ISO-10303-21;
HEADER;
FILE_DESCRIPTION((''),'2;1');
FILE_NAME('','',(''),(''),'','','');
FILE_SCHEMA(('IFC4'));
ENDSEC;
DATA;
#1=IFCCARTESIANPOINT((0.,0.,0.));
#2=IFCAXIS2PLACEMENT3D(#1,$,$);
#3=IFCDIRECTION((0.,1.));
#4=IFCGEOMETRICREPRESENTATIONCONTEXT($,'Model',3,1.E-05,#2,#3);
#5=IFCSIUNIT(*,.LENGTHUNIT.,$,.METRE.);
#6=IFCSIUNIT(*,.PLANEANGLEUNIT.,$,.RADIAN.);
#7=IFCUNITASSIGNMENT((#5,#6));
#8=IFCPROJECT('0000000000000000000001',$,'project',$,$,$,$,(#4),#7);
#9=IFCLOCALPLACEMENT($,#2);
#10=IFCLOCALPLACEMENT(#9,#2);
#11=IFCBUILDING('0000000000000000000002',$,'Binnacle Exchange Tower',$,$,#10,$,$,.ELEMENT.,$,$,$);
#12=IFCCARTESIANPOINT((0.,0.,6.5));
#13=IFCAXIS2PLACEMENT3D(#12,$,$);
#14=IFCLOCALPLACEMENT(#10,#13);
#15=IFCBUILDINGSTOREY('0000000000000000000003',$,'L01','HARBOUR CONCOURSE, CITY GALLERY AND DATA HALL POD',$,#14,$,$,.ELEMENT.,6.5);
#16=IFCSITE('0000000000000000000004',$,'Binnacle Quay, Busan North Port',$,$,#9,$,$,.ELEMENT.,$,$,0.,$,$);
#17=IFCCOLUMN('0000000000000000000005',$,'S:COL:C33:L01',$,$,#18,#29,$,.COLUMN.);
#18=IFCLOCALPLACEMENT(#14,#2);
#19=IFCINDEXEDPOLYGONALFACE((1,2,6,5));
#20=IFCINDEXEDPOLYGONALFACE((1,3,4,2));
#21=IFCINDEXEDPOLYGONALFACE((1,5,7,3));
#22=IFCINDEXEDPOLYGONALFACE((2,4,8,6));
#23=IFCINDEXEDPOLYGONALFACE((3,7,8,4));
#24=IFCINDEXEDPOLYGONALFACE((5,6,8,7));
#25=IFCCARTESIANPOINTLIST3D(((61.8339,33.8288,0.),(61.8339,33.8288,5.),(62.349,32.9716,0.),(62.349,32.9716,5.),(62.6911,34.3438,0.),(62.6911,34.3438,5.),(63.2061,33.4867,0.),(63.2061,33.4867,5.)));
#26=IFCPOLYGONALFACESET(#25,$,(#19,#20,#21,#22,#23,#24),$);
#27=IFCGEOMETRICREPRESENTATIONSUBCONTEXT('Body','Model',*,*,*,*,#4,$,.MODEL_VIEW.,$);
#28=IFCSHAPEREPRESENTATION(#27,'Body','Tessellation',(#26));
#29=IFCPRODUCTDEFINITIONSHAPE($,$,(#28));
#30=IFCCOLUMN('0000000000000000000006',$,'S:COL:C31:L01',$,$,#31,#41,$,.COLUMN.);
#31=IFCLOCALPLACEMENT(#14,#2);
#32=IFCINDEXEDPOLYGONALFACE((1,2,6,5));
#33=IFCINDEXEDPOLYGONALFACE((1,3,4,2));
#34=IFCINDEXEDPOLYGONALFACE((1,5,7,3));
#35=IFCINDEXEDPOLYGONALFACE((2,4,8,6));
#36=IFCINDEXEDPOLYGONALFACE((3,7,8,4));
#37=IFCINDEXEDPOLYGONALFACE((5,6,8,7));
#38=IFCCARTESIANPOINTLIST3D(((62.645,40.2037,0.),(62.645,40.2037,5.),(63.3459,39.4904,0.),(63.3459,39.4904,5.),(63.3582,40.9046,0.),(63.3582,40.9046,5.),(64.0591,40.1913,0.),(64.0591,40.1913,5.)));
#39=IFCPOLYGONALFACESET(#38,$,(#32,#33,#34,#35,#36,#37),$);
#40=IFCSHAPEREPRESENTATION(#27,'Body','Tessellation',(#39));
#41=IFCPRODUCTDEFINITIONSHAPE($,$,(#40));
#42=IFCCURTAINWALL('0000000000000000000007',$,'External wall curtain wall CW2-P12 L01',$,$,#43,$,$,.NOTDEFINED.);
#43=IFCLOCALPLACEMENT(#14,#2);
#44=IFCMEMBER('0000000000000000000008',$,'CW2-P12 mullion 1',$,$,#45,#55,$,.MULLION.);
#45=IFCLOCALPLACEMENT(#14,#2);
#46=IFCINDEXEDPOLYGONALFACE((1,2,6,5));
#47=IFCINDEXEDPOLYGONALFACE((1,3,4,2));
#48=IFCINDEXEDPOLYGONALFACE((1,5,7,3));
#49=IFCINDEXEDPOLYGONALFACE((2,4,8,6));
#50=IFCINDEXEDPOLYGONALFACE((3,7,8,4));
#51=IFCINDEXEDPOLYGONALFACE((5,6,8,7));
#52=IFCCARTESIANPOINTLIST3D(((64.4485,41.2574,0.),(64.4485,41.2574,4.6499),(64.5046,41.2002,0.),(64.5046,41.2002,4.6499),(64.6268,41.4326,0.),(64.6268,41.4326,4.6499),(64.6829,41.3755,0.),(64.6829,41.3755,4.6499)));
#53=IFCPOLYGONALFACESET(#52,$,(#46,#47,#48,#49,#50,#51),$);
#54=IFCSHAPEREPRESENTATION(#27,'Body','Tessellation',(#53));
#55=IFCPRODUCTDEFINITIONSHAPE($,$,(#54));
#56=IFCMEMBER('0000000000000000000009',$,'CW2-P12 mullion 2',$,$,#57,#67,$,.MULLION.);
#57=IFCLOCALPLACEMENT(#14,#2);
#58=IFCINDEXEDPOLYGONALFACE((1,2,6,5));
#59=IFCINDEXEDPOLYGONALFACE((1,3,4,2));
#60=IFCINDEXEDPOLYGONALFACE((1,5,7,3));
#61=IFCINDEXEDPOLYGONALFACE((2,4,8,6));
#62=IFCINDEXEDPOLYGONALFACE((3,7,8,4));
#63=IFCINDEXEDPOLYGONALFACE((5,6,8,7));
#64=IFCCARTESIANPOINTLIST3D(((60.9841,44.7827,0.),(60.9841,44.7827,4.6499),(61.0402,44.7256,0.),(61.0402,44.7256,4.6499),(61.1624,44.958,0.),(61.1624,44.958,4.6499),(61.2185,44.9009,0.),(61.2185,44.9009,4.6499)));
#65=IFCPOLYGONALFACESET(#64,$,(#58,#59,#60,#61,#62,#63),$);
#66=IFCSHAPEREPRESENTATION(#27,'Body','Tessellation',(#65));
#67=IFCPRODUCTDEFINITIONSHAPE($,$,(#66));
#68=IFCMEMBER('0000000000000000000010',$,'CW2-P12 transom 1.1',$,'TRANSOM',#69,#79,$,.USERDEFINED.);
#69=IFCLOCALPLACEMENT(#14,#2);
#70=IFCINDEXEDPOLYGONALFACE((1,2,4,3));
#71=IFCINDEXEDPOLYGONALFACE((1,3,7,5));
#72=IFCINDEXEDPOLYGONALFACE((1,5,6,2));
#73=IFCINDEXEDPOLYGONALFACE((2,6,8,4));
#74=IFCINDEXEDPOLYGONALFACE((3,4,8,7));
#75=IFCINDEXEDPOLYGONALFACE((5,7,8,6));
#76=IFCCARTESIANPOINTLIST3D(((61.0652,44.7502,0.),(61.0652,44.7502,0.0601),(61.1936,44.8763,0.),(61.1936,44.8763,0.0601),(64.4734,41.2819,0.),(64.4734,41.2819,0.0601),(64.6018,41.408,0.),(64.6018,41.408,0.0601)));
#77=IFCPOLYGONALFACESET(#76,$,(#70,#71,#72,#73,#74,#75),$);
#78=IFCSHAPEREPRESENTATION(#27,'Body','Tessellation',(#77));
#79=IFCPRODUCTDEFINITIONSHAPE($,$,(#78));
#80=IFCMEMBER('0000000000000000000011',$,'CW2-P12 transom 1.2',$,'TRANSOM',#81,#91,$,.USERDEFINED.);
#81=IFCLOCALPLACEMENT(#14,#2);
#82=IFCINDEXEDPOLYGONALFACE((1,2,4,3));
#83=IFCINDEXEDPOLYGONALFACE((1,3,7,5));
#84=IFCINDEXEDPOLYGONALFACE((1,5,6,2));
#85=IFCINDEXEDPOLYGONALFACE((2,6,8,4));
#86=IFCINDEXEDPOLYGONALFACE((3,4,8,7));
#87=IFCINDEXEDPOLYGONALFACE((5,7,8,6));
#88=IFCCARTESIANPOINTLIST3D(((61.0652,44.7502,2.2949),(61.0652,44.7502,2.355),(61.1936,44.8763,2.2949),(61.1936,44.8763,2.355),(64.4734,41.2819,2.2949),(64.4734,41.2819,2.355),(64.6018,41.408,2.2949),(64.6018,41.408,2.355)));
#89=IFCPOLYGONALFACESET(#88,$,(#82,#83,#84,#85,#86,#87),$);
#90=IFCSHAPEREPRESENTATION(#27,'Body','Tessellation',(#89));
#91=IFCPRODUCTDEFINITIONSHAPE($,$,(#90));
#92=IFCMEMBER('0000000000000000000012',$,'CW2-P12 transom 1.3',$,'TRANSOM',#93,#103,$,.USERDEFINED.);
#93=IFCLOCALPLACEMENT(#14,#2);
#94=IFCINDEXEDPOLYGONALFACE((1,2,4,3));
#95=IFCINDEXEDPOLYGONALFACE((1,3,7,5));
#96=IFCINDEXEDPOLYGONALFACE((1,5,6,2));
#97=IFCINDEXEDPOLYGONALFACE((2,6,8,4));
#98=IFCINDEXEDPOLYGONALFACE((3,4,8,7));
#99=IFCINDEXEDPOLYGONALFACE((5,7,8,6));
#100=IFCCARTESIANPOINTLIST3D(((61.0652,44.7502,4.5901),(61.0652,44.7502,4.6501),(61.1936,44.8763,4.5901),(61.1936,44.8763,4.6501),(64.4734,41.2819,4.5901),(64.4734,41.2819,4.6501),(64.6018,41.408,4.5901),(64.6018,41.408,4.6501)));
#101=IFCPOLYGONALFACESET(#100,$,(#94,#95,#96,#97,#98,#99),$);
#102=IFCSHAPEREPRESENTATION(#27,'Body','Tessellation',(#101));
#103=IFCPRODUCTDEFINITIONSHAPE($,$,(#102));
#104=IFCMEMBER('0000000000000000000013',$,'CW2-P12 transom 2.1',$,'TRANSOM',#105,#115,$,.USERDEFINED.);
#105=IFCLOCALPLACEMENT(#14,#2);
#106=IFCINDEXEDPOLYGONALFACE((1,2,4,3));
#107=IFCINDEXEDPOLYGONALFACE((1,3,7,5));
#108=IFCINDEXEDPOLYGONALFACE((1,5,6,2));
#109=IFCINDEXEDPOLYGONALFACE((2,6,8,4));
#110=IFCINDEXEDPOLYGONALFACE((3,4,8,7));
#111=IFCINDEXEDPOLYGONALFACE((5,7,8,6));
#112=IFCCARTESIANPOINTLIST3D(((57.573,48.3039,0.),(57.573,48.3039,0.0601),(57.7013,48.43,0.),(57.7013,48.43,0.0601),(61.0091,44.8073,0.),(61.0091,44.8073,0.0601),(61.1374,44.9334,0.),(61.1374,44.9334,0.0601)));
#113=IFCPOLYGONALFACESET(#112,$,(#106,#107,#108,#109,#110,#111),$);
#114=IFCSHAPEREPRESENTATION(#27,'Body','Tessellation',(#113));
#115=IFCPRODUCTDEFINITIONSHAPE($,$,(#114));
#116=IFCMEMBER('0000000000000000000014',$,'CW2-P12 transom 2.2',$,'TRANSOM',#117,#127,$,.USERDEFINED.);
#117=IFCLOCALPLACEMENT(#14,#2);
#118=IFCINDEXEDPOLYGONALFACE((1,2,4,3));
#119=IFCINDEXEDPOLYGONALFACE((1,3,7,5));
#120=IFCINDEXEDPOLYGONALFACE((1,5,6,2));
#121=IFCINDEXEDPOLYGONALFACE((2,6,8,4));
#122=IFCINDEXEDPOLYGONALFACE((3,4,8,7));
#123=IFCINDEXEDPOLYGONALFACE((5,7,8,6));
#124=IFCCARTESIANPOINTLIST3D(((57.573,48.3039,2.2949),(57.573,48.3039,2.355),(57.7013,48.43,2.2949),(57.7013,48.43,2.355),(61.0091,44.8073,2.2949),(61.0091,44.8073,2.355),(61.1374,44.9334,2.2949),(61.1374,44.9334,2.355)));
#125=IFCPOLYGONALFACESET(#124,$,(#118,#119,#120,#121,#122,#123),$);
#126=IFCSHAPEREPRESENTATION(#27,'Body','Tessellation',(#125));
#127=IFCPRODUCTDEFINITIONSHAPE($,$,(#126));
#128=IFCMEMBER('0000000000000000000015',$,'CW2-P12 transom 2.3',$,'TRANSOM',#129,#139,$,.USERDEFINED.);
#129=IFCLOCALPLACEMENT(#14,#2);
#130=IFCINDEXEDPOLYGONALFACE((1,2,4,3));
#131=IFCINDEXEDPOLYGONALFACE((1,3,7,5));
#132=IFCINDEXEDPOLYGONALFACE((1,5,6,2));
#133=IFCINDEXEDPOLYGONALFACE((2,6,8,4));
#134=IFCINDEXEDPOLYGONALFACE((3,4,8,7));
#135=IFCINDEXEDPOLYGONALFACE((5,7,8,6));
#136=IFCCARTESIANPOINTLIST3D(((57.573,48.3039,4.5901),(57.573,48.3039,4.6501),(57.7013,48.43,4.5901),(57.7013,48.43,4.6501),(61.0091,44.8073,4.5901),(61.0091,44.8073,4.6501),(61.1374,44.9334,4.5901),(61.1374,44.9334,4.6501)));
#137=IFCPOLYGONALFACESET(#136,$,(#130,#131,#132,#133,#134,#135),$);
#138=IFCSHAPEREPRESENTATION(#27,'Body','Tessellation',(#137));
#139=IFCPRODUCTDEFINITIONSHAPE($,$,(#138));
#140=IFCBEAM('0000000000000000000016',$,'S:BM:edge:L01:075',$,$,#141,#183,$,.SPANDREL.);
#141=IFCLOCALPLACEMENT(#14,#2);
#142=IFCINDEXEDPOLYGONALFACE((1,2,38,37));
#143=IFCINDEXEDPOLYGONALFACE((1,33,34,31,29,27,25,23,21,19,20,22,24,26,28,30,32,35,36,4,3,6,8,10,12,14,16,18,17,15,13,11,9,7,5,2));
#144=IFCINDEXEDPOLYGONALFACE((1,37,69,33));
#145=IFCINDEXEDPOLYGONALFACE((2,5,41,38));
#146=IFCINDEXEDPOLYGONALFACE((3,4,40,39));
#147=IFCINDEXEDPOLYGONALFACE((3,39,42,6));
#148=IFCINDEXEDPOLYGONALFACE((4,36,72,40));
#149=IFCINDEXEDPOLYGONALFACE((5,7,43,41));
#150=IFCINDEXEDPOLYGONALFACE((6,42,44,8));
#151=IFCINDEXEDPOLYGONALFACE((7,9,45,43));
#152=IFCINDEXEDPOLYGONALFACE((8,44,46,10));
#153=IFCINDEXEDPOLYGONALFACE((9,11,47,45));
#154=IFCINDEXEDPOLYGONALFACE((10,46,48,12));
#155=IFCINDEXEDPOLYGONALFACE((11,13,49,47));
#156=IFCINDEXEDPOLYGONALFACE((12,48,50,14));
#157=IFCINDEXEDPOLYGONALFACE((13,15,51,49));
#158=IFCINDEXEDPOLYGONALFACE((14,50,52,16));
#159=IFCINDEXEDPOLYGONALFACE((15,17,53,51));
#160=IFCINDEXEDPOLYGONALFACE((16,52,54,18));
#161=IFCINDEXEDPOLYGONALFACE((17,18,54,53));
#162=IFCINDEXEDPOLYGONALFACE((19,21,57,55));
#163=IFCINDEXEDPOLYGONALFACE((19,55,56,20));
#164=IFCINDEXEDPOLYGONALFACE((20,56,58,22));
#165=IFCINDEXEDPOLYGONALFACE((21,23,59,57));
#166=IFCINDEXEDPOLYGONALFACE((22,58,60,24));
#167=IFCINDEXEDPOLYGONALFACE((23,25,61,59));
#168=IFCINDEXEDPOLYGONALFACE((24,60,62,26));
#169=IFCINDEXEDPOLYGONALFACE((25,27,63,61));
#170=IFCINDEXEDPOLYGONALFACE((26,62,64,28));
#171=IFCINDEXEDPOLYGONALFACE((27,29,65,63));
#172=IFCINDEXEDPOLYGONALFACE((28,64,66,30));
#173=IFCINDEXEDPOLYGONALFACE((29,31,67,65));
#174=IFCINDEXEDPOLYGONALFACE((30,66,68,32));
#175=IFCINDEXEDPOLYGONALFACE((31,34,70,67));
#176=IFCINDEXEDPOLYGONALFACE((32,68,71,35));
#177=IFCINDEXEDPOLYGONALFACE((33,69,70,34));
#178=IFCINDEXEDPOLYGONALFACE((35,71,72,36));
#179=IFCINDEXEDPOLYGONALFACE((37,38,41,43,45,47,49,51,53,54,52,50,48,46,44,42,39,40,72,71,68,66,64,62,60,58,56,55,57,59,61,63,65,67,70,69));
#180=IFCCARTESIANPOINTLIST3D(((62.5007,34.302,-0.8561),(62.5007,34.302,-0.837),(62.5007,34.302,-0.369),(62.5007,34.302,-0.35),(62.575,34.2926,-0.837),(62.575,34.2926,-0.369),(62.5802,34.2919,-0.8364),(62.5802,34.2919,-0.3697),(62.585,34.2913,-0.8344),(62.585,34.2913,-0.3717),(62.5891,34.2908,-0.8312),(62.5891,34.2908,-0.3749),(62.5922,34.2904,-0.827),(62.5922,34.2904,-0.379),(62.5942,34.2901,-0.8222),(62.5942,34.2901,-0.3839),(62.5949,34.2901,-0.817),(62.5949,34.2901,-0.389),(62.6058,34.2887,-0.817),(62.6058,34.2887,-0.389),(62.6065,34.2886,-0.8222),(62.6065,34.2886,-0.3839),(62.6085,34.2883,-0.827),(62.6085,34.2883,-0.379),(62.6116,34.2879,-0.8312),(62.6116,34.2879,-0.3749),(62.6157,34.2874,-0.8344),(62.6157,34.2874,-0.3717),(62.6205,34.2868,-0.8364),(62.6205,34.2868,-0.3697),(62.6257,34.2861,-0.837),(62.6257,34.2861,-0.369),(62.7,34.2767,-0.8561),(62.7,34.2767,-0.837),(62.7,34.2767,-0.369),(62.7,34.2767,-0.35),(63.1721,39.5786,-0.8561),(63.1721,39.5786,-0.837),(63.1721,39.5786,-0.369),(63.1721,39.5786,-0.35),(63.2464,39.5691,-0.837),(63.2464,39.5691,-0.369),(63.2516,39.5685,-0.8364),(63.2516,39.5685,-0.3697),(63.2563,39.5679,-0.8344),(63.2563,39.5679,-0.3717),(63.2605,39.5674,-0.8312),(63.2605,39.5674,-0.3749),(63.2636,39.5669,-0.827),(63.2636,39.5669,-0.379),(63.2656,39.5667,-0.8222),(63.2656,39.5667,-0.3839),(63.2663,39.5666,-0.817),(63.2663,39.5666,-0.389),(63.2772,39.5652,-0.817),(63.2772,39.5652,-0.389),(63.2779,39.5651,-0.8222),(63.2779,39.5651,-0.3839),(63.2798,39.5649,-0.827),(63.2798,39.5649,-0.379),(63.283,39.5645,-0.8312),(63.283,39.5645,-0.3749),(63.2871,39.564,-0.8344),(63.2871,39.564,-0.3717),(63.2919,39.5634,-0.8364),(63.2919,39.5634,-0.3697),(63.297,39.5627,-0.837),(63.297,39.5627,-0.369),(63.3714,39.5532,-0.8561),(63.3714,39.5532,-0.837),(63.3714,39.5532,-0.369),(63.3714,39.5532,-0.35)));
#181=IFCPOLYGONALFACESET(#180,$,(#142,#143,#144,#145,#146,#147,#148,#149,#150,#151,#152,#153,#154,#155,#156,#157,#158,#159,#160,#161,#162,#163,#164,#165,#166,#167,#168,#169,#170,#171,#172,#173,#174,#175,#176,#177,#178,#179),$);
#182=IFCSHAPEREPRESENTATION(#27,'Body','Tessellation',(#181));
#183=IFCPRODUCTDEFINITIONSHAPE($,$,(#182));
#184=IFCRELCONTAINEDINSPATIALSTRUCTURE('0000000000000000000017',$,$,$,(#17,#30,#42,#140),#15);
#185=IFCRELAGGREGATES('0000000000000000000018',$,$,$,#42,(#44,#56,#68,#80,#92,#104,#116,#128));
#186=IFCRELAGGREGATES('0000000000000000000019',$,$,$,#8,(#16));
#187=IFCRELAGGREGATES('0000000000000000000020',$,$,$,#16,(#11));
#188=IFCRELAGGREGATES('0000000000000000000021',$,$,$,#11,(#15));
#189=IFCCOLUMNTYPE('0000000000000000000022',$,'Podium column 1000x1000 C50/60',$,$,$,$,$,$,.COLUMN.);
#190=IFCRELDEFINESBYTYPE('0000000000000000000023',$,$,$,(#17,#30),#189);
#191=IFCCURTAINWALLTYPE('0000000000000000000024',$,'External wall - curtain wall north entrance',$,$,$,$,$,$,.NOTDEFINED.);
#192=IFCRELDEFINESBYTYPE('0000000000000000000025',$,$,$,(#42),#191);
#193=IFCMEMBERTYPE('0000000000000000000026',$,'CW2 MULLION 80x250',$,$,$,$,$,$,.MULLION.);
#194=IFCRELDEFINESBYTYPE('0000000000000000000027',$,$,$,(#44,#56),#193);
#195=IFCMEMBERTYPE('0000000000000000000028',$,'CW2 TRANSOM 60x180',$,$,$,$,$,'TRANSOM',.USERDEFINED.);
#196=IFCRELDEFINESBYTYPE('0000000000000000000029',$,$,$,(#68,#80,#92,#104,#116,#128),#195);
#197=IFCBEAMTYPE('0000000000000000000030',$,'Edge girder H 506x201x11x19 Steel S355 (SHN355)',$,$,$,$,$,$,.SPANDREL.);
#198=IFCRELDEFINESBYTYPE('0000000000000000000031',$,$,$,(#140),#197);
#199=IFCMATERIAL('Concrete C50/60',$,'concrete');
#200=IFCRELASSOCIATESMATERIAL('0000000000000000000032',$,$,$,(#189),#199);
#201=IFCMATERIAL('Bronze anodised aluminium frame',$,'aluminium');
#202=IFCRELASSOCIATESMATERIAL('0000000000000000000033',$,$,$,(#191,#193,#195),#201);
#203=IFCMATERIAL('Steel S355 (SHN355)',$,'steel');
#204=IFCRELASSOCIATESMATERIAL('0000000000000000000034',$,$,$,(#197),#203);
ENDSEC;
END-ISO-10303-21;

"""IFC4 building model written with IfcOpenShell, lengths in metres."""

from ifc_helpers import new_model, si_unit, direction, frame, origin, origin_2d, place, context, subcontext, project, spatial, rectangle, i_section, extrude, material, material_profile, profile_set, type_object, element, aggregate, save


model = new_model("IFC4")

# Units and contexts
model_context = context("Model", 3, precision=1e-05, world=origin(), true_north=direction((0.0, 1.0)))
body_context = subcontext(model_context, "Body", "Model", "MODEL_VIEW")
ifc_project = project(units=[si_unit("LENGTHUNIT", "METRE"), si_unit("PLANEANGLEUNIT", "RADIAN")], contexts=[model_context])

# Site, building, storey
site_placement = place(None, origin())
site = spatial("IfcSite", under=ifc_project, at=site_placement, Name="Binnacle Quay, Busan North Port", CompositionType="ELEMENT", RefElevation=0.0)
building_placement = place(site_placement, origin())
building = spatial("IfcBuilding", under=site, at=building_placement, Name="Binnacle Exchange Tower", CompositionType="ELEMENT")
storey_placement = place(building_placement, frame((0.0, 0.0, 6.5)))
storey = spatial("IfcBuildingStorey", under=building, at=storey_placement, Name="L01", Description="HARBOUR CONCOURSE, CITY GALLERY AND DATA HALL POD", CompositionType="ELEMENT", Elevation=6.5)

# Columns
ifc_material_1 = material(Name="Concrete C50/60", Category="concrete")
ifc_material_profile_1 = material_profile(ifc_material_1, rectangle(XDim=1.0, YDim=1.0, at=origin_2d()), Name="Podium column 1000x1000 C50/60")
ifc_profile_set_1 = profile_set([ifc_material_profile_1], Name="Concrete C50/60")
column_type = type_object("IfcColumnType", Name="Podium column 1000x1000 C50/60", PredefinedType="COLUMN", material=ifc_profile_set_1)
for number, where, z_axis, x_axis, name in (
    (1, (62.52, 33.6577, 0.0), (0.0, 0.0, 1.0), (0.857167, 0.515038, 0.0), "S:COL:C33:L01"),
    (2, (63.3521, 40.1975, 0.0), (0.0, 0.0, 1.0), (-0.700909, 0.71325, 0.0), "S:COL:C31:L01"),
):
    element("IfcColumn", number, at=place(storey_placement, frame(where, z_axis=z_axis, x_axis=x_axis)), inside=storey, type_object=column_type, Name=name, PredefinedType="COLUMN", context=body_context, shape_type="SweptSolid", body=[
        extrude(rectangle(XDim=1.0, YDim=1.0, at=origin_2d()), origin(), (0.0, 0.0, 1.0), 5.0),
    ])

# Curtain wall, members
ifc_material_2 = material(Name="Bronze anodised aluminium frame", Category="aluminium")
curtain_wall_type = type_object("IfcCurtainWallType", Name="External wall - curtain wall north entrance", PredefinedType="NOTDEFINED", material=ifc_material_2)
curtain_wall_placement = place(storey_placement, origin())
curtain_wall = element("IfcCurtainWall", 3, at=curtain_wall_placement, inside=storey, type_object=curtain_wall_type, Name="External wall curtain wall CW2-P12 L01", PredefinedType="NOTDEFINED")
ifc_material_profile_2 = material_profile(ifc_material_2, rectangle(XDim=0.25, YDim=0.0801, at=origin_2d()), Name="AL 80x250")
ifc_profile_set_2 = profile_set([ifc_material_profile_2], Name="Bronze anodised aluminium frame")
member_type_1 = type_object("IfcMemberType", Name="CW2 MULLION 80x250", PredefinedType="MULLION", material=ifc_profile_set_2)
member_1_placement = place(storey_placement, frame((64.5657, 41.3164, 0.0), z_axis=(0.0, 0.0, 1.0), x_axis=(-0.71325, -0.700909, 0.0)))
member_1 = element("IfcMember", 4, at=member_1_placement, type_object=member_type_1, Name="CW2-P12 mullion 1", PredefinedType="MULLION", context=body_context, shape_type="SweptSolid", body=[
    extrude(rectangle(XDim=0.25, YDim=0.0801, at=origin_2d()), origin(), (0.0, 0.0, 1.0), 4.6499),
])
member_2_placement = place(storey_placement, frame((61.1013, 44.8418, 0.0), z_axis=(0.0, 0.0, 1.0), x_axis=(-0.71325, -0.700909, 0.0)))
member_2 = element("IfcMember", 5, at=member_2_placement, type_object=member_type_1, Name="CW2-P12 mullion 2", PredefinedType="MULLION", context=body_context, shape_type="SweptSolid", body=[
    extrude(rectangle(XDim=0.25, YDim=0.0801, at=origin_2d()), origin(), (0.0, 0.0, 1.0), 4.6499),
])
ifc_material_profile_3 = material_profile(ifc_material_2, rectangle(XDim=0.1799, YDim=0.0601, at=origin_2d()), Name="AL 180x60")
ifc_profile_set_3 = profile_set([ifc_material_profile_3], Name="Bronze anodised aluminium frame")
member_type_2 = type_object("IfcMemberType", Name="CW2 TRANSOM 60x180", ElementType="TRANSOM", PredefinedType="USERDEFINED", material=ifc_profile_set_3)
member_3_placement = place(storey_placement, frame((64.5376, 41.345, 0.03), z_axis=(-0.700904, 0.713255, 0.0), x_axis=(-0.713255, -0.700904, 0.0)))
member_3 = element("IfcMember", 6, at=member_3_placement, type_object=member_type_2, Name="CW2-P12 transom 1.1", ObjectType="TRANSOM", PredefinedType="USERDEFINED", context=body_context, shape_type="SweptSolid", body=[
    extrude(rectangle(XDim=0.1799, YDim=0.0601, at=origin_2d()), origin(), (0.0, 0.0, 1.0), 4.8625),
])
member_4_placement = place(storey_placement, frame((64.5376, 41.345, 2.325), z_axis=(-0.700904, 0.713255, 0.0), x_axis=(-0.713255, -0.700904, 0.0)))
member_4 = element("IfcMember", 7, at=member_4_placement, type_object=member_type_2, Name="CW2-P12 transom 1.2", ObjectType="TRANSOM", PredefinedType="USERDEFINED", context=body_context, shape_type="SweptSolid", body=[
    extrude(rectangle(XDim=0.1799, YDim=0.0601, at=origin_2d()), origin(), (0.0, 0.0, 1.0), 4.8625),
])
member_5_placement = place(storey_placement, frame((64.5376, 41.345, 4.6201), z_axis=(-0.700904, 0.713255, 0.0), x_axis=(-0.713255, -0.700904, 0.0)))
member_5 = element("IfcMember", 8, at=member_5_placement, type_object=member_type_2, Name="CW2-P12 transom 1.3", ObjectType="TRANSOM", PredefinedType="USERDEFINED", context=body_context, shape_type="SweptSolid", body=[
    extrude(rectangle(XDim=0.1799, YDim=0.0601, at=origin_2d()), origin(), (0.0, 0.0, 1.0), 4.8625),
])
member_6_placement = place(storey_placement, frame((61.0732, 44.8704, 0.03), z_axis=(-0.700904, 0.713255, 0.0), x_axis=(-0.713255, -0.700904, 0.0)))
member_6 = element("IfcMember", 9, at=member_6_placement, type_object=member_type_2, Name="CW2-P12 transom 2.1", ObjectType="TRANSOM", PredefinedType="USERDEFINED", context=body_context, shape_type="SweptSolid", body=[
    extrude(rectangle(XDim=0.1799, YDim=0.0601, at=origin_2d()), origin(), (0.0, 0.0, 1.0), 4.9023),
])
member_7_placement = place(storey_placement, frame((61.0732, 44.8704, 2.325), z_axis=(-0.700904, 0.713255, 0.0), x_axis=(-0.713255, -0.700904, 0.0)))
member_7 = element("IfcMember", 10, at=member_7_placement, type_object=member_type_2, Name="CW2-P12 transom 2.2", ObjectType="TRANSOM", PredefinedType="USERDEFINED", context=body_context, shape_type="SweptSolid", body=[
    extrude(rectangle(XDim=0.1799, YDim=0.0601, at=origin_2d()), origin(), (0.0, 0.0, 1.0), 4.9023),
])
member_8_placement = place(storey_placement, frame((61.0732, 44.8704, 4.6201), z_axis=(-0.700904, 0.713255, 0.0), x_axis=(-0.713255, -0.700904, 0.0)))
member_8 = element("IfcMember", 11, at=member_8_placement, type_object=member_type_2, Name="CW2-P12 transom 2.3", ObjectType="TRANSOM", PredefinedType="USERDEFINED", context=body_context, shape_type="SweptSolid", body=[
    extrude(rectangle(XDim=0.1799, YDim=0.0601, at=origin_2d()), origin(), (0.0, 0.0, 1.0), 4.9023),
])

# Beam
ifc_material_3 = material(Name="Steel S355 (SHN355)", Category="steel")
ifc_material_profile_4 = material_profile(ifc_material_3, i_section(OverallWidth=0.2009, OverallDepth=0.5061, WebThickness=0.011, FlangeThickness=0.019, FilletRadius=0.02, at=origin_2d()), Name="H 506x201x11x19")
ifc_profile_set_4 = profile_set([ifc_material_profile_4], Name="Steel S355 (SHN355)")
beam_type_1 = type_object("IfcBeamType", Name="Edge girder H 506x201x11x19 Steel S355 (SHN355)", PredefinedType="SPANDREL", material=ifc_profile_set_4)
beam_1_placement = place(storey_placement, frame((63.2717, 39.5659, -0.603), z_axis=(-0.126221, -0.992002, 0.0), x_axis=(0.992002, -0.126221, 0.0)))
element("IfcBeam", 12, at=beam_1_placement, inside=storey, type_object=beam_type_1, Name="S:BM:edge:L01:075", PredefinedType="SPANDREL", context=body_context, shape_type="SweptSolid", body=[
    extrude(i_section(OverallWidth=0.2009, OverallDepth=0.5061, WebThickness=0.011, FlangeThickness=0.019, FilletRadius=0.02, at=origin_2d()), origin(), (0.0, 0.0, 1.0), 5.3191),
])

aggregate(curtain_wall, [member_1, member_2, member_3, member_4, member_5, member_6, member_7, member_8])

save(model, "model.ifc")
